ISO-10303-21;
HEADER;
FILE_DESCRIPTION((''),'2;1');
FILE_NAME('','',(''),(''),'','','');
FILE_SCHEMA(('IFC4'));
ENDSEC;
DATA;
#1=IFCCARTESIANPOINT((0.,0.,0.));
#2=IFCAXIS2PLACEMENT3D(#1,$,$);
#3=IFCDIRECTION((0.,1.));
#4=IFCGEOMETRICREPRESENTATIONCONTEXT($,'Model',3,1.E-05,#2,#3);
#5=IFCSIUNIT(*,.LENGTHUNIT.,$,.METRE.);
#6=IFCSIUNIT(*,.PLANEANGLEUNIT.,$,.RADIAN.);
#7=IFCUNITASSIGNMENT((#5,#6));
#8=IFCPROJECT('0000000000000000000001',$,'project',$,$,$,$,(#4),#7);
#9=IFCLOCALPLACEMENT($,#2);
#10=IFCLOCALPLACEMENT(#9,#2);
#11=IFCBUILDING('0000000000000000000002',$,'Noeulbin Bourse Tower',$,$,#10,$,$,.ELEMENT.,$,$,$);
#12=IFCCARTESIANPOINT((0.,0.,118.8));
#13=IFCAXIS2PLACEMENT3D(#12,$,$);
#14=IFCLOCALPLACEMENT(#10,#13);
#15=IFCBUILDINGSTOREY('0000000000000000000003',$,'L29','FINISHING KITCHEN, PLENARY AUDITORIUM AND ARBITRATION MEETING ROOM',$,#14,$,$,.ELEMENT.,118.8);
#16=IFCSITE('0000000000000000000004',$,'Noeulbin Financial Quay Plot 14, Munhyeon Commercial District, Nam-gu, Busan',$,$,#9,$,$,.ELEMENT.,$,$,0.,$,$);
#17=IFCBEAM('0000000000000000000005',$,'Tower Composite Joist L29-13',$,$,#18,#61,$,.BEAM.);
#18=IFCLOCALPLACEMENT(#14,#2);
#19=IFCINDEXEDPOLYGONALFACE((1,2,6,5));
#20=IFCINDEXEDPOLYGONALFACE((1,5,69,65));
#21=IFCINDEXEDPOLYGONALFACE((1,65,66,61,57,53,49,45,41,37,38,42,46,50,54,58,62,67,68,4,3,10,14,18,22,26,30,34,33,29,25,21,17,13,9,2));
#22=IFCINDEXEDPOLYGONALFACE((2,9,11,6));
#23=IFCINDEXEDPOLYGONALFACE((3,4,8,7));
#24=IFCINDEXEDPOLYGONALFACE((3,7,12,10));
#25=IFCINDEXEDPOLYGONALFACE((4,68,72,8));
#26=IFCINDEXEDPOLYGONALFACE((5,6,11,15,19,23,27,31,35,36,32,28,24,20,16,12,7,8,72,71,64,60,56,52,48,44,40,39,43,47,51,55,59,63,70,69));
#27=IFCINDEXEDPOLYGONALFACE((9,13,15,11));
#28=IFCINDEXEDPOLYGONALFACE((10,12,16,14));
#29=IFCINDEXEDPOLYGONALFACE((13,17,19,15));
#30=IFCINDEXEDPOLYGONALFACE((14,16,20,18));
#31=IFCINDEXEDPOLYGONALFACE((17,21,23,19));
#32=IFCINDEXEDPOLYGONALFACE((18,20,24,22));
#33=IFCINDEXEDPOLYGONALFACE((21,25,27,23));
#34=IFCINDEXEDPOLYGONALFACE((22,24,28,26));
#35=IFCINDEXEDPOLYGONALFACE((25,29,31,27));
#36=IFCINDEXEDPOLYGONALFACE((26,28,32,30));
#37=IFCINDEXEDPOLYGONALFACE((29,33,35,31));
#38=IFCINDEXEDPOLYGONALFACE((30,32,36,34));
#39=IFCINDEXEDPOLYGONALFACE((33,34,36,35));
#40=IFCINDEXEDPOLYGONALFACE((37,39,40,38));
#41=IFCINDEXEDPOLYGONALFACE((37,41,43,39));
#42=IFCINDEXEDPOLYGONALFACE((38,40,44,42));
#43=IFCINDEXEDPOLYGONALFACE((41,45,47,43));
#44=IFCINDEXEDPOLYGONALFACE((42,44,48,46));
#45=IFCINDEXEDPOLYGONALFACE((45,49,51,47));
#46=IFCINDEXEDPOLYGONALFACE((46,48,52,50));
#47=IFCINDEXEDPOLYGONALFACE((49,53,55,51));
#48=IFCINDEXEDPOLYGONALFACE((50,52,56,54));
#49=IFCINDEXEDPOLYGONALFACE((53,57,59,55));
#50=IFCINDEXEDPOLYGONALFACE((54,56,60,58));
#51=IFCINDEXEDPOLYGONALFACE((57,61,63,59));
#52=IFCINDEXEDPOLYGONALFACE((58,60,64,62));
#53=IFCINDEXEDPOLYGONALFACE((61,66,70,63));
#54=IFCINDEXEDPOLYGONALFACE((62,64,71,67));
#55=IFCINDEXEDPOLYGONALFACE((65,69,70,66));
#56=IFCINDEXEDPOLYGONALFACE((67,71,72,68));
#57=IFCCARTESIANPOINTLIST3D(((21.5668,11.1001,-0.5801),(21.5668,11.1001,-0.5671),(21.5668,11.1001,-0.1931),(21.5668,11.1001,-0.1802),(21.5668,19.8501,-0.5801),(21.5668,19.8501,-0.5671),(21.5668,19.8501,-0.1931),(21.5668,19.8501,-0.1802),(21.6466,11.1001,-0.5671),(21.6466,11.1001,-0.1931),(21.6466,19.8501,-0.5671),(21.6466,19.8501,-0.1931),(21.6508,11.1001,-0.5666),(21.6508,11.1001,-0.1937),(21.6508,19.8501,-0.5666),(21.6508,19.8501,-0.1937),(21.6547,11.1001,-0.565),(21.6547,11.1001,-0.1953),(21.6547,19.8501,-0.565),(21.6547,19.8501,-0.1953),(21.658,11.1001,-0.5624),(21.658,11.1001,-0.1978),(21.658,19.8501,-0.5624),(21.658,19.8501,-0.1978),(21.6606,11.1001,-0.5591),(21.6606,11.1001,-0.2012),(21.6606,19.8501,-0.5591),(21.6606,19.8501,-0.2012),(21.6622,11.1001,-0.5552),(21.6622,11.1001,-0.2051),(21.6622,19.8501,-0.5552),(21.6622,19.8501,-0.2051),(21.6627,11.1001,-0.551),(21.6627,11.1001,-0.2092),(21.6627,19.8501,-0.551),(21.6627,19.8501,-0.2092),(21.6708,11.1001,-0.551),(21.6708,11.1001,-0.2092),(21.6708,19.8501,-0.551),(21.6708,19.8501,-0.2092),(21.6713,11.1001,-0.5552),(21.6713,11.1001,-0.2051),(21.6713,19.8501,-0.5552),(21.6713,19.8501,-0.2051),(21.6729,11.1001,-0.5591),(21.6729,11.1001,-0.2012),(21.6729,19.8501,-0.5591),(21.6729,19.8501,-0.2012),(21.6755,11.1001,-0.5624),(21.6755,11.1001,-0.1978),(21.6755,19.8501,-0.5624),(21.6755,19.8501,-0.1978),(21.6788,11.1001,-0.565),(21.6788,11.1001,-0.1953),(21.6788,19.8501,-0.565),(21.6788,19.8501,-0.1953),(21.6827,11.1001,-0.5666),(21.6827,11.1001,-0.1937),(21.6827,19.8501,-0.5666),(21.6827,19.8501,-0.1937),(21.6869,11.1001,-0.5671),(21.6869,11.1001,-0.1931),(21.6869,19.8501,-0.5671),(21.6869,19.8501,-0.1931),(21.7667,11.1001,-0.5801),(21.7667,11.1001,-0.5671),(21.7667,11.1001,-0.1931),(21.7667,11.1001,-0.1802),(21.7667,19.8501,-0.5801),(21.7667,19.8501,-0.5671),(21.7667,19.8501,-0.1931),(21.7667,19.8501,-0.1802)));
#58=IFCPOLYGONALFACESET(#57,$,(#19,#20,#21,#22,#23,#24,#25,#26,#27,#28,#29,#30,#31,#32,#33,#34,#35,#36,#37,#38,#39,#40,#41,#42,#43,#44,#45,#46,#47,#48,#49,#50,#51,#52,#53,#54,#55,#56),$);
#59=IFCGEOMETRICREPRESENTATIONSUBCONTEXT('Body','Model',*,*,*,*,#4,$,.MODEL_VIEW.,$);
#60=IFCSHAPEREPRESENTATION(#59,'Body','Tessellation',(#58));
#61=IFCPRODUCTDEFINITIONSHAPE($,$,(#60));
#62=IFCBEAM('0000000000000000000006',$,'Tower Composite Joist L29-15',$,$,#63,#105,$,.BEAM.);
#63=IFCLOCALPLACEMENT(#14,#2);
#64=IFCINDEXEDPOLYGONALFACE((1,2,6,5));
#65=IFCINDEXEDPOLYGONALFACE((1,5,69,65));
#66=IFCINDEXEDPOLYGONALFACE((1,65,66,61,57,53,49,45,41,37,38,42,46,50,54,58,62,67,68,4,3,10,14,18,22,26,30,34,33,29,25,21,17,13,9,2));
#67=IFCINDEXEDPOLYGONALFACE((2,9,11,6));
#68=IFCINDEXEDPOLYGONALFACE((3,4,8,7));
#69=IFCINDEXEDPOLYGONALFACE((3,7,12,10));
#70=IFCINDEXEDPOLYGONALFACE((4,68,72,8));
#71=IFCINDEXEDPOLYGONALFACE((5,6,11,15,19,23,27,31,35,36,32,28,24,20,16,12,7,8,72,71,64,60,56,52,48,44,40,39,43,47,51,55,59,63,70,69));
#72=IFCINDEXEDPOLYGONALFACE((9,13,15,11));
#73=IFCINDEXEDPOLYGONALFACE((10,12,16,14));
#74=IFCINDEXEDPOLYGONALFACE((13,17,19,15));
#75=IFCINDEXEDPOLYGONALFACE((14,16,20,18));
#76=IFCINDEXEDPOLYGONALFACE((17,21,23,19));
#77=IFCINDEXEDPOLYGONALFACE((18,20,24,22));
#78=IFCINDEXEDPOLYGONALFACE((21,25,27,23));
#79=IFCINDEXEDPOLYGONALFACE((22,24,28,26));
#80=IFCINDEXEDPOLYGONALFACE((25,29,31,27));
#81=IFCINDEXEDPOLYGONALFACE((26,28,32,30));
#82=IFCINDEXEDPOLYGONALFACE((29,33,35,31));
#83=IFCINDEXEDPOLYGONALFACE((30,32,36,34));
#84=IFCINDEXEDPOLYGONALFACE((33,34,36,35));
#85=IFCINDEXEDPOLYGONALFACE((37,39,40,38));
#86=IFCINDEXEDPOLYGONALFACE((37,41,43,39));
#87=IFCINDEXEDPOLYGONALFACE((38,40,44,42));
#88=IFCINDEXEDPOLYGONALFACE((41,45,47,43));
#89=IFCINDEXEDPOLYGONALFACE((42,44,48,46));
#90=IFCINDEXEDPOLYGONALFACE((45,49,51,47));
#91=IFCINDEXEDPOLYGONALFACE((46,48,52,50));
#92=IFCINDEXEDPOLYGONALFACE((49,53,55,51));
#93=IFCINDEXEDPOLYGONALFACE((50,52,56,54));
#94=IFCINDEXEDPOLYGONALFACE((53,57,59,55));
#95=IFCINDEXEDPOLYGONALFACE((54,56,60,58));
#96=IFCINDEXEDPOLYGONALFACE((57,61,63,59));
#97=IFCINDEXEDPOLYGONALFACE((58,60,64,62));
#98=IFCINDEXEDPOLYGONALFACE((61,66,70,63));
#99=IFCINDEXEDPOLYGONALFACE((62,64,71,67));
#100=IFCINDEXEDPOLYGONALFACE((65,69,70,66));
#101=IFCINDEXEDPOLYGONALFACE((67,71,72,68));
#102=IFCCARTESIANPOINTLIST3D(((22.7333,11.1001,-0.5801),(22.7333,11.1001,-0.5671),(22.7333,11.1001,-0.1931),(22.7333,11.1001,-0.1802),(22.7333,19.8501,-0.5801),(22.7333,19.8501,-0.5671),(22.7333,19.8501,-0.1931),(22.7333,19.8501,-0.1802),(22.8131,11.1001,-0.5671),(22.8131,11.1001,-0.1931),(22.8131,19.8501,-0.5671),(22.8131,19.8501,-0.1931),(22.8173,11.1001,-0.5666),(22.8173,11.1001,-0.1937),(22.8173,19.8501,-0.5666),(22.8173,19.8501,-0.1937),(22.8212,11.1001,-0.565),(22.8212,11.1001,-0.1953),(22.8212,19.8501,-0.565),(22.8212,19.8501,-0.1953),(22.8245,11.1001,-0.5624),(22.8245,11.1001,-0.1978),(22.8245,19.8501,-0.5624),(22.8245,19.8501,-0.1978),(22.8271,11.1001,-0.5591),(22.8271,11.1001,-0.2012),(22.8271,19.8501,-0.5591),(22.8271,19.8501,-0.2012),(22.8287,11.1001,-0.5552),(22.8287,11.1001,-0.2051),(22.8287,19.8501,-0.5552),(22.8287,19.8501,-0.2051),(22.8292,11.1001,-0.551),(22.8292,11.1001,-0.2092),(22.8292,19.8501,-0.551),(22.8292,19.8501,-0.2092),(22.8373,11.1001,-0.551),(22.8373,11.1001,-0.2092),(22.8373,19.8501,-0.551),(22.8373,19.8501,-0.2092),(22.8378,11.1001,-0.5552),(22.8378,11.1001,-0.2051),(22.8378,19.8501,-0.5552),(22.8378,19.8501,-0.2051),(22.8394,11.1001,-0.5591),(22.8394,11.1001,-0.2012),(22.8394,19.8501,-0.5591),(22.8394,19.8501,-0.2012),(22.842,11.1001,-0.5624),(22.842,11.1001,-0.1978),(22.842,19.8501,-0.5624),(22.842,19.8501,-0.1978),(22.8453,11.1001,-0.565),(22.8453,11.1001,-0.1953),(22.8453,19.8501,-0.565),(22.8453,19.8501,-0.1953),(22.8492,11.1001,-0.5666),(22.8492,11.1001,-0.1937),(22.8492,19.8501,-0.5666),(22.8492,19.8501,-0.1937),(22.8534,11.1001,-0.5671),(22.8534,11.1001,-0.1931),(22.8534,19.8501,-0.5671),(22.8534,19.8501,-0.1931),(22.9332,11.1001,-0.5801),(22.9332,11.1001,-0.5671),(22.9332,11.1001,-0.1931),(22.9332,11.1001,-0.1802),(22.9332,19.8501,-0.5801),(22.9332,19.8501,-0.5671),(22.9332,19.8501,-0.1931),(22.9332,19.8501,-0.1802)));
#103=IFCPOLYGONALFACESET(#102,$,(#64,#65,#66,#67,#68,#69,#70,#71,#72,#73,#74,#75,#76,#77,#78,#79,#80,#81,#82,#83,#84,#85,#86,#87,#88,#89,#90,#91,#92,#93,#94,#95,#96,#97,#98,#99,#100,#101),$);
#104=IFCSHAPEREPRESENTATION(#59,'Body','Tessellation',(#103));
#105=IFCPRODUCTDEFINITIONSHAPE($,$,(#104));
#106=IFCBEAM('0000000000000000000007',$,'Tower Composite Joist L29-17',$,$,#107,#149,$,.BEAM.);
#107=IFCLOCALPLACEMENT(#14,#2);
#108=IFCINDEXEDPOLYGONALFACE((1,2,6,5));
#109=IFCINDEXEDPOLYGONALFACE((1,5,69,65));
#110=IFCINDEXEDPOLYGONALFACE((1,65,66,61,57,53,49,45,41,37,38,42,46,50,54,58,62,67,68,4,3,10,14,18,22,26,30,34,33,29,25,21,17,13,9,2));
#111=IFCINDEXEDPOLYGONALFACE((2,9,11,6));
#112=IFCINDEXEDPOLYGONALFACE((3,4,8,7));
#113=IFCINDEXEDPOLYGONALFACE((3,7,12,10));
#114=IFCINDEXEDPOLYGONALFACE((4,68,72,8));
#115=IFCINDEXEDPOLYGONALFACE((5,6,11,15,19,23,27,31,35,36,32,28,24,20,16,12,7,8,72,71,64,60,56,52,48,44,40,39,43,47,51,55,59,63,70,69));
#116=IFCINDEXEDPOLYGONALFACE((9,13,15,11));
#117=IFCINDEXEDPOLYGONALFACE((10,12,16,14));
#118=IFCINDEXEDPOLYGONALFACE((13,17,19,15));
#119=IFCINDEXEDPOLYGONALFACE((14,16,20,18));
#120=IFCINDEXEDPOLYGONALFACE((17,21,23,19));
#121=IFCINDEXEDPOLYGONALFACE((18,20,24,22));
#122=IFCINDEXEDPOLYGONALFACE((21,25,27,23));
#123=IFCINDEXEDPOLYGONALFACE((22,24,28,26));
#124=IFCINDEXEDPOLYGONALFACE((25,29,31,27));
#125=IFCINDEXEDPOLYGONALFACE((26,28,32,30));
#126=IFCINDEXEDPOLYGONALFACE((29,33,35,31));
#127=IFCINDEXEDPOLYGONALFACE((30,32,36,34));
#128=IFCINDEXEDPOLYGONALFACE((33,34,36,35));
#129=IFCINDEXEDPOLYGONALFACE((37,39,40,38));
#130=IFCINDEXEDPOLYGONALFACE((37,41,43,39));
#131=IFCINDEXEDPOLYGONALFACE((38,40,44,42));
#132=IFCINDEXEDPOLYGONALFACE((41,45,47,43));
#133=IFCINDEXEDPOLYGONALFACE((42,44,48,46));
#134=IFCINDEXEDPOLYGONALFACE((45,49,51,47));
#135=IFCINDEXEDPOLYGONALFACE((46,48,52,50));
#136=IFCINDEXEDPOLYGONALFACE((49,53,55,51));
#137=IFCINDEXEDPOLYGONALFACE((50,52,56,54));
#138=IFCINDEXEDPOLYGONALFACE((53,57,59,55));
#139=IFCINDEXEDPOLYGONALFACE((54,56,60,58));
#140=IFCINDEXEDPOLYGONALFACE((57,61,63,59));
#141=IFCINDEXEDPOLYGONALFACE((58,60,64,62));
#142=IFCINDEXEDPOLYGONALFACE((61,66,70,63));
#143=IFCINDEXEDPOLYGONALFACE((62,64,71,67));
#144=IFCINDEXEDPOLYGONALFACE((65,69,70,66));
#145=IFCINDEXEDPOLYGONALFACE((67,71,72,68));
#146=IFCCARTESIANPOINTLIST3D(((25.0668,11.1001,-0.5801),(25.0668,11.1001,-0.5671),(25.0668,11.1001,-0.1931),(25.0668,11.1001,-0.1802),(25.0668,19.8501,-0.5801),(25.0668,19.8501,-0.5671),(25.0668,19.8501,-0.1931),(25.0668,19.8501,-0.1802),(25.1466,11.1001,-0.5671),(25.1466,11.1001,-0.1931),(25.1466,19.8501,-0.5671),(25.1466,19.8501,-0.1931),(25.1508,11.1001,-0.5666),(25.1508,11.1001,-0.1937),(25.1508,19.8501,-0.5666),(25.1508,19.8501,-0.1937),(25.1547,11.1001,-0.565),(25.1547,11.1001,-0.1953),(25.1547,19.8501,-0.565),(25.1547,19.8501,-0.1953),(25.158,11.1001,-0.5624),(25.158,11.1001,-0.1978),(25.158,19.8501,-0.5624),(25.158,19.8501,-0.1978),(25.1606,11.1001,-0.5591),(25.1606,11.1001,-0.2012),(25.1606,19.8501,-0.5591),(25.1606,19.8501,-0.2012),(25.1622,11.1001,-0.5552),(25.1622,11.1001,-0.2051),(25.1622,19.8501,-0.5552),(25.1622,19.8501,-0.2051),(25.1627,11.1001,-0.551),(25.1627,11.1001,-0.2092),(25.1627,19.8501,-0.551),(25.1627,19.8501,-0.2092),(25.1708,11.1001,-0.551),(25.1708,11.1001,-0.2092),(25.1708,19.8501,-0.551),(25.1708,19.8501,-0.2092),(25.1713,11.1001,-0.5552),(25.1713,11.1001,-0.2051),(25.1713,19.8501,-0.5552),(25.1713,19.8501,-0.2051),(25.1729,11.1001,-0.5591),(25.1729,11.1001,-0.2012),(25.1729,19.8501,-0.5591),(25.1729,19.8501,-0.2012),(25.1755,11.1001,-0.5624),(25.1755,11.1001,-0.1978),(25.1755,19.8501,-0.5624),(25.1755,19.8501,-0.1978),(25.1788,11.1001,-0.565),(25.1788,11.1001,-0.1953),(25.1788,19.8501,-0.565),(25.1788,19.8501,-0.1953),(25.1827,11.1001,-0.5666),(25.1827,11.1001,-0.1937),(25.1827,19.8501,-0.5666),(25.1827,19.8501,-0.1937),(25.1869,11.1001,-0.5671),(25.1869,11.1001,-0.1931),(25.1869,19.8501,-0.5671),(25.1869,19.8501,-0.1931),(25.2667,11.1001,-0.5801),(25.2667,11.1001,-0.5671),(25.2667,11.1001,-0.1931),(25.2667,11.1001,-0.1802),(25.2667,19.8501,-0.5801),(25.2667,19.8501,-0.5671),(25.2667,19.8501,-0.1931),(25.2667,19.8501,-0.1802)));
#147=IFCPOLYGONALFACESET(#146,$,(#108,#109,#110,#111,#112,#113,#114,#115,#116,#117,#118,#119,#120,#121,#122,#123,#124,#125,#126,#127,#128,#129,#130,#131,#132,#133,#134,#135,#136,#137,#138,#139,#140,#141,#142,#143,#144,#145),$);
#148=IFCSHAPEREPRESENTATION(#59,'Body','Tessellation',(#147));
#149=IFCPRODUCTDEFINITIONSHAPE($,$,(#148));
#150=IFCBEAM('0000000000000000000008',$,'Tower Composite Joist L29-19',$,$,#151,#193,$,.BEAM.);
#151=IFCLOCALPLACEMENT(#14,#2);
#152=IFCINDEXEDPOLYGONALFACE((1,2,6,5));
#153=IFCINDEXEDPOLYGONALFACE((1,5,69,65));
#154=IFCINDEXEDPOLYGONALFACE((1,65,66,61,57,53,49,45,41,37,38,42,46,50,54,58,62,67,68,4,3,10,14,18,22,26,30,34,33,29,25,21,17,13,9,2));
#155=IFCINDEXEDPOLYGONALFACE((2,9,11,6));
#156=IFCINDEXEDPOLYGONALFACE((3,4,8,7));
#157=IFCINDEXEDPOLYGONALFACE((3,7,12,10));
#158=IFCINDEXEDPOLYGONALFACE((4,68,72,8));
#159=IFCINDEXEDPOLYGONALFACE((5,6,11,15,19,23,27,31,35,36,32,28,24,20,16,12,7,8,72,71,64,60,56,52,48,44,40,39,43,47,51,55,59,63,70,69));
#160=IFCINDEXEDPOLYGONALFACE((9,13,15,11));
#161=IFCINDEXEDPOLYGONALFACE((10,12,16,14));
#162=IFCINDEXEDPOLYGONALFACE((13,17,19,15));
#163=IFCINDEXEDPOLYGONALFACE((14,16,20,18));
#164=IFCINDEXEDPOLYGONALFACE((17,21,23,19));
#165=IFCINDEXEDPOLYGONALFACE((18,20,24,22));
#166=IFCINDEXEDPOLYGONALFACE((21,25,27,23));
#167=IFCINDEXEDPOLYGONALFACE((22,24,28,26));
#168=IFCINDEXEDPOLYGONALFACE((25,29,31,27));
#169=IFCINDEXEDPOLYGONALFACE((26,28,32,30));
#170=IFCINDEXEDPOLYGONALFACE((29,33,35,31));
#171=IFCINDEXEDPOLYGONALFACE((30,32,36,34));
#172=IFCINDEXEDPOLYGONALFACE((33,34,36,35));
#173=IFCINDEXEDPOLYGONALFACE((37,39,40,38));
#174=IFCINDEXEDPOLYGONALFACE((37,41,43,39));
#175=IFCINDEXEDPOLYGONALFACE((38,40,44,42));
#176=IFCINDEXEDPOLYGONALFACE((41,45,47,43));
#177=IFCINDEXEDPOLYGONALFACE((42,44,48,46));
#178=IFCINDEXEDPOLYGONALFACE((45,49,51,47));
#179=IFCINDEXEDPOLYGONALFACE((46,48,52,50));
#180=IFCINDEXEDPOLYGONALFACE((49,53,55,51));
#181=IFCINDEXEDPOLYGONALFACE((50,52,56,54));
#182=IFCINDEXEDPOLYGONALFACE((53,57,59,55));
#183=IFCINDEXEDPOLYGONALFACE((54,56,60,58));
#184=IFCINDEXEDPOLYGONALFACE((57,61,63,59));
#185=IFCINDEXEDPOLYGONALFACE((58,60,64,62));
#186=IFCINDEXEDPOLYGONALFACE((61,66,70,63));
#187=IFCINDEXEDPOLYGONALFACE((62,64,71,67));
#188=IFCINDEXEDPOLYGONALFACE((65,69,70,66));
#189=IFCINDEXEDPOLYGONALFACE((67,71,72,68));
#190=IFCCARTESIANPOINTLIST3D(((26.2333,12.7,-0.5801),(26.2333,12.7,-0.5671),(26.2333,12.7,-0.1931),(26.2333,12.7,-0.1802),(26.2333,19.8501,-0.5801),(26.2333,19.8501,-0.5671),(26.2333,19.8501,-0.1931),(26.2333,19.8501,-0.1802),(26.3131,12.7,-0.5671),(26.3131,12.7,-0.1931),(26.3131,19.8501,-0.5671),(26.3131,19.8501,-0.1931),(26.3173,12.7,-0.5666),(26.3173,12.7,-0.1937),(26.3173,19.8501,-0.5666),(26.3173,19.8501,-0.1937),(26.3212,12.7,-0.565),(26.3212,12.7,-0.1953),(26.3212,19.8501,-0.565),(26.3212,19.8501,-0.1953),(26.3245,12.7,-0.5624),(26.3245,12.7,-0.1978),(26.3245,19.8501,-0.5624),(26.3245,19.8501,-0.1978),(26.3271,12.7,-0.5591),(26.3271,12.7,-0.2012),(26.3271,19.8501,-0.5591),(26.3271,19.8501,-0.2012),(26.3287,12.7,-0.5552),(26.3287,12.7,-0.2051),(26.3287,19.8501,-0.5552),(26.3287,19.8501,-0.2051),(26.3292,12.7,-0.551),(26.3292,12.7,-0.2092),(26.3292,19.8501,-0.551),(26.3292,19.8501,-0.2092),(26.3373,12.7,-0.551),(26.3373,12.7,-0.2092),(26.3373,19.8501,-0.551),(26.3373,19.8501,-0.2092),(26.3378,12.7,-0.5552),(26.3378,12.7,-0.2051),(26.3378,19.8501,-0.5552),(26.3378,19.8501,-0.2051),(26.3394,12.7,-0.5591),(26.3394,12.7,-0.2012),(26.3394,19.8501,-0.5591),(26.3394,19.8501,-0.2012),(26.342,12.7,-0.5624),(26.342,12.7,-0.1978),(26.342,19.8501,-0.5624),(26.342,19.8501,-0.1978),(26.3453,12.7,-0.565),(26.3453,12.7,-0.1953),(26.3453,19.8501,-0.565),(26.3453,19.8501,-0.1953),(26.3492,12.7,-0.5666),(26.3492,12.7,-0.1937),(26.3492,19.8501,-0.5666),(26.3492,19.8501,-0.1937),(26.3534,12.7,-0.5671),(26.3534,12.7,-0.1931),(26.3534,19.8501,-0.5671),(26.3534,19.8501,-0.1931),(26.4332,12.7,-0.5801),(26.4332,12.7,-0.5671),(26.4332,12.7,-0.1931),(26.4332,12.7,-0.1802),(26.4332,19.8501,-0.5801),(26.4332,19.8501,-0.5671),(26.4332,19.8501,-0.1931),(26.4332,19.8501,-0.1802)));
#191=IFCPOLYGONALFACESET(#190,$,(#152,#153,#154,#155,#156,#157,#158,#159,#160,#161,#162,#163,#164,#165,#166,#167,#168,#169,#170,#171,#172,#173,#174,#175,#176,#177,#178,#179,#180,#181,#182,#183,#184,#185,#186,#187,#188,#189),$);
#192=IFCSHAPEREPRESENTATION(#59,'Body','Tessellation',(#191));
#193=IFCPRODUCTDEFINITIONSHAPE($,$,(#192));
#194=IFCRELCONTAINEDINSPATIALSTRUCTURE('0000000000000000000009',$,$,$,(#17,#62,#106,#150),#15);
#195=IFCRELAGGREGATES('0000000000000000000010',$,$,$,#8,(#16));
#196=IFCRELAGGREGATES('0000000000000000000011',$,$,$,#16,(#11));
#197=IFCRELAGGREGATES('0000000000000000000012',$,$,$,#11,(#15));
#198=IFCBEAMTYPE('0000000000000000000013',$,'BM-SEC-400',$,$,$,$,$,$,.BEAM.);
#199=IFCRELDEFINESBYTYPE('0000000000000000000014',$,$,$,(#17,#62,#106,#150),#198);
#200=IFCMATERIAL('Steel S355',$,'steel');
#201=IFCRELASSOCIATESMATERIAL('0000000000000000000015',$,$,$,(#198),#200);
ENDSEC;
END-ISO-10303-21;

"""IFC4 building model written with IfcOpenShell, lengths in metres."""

from ifc_helpers import new_model, si_unit, direction, frame, origin, origin_2d, place, context, subcontext, project, spatial, i_section, extrude, material, material_profile, profile_set, type_object, element, save


model = new_model("IFC4")

# Units and contexts
model_context = context("Model", 3, precision=1e-05, world=origin(), true_north=direction((0.0, 1.0)))
body_context = subcontext(model_context, "Body", "Model", "MODEL_VIEW")
ifc_project = project(units=[si_unit("LENGTHUNIT", "METRE"), si_unit("PLANEANGLEUNIT", "RADIAN")], contexts=[model_context])

# Site, building, storey
site_placement = place(None, origin())
site = spatial("IfcSite", under=ifc_project, at=site_placement, Name="Noeulbin Financial Quay Plot 14, Munhyeon Commercial District, Nam-gu, Busan", CompositionType="ELEMENT", RefElevation=0.0)
building_placement = place(site_placement, origin())
building = spatial("IfcBuilding", under=site, at=building_placement, Name="Noeulbin Bourse Tower", CompositionType="ELEMENT")
storey_placement = place(building_placement, frame((0.0, 0.0, 118.8)))
storey = spatial("IfcBuildingStorey", under=building, at=storey_placement, Name="L29", Description="FINISHING KITCHEN, PLENARY AUDITORIUM AND ARBITRATION MEETING ROOM", CompositionType="ELEMENT", Elevation=118.8)

# Beams
ifc_material_1 = material(Name="Steel S355", Category="steel")
ifc_material_profile_1 = material_profile(ifc_material_1, i_section(OverallWidth=0.2, OverallDepth=0.3999, WebThickness=0.0081, FlangeThickness=0.0129, FilletRadius=0.0161, at=origin_2d()), Name="H-400x200x8x13", Category="LoadBearing")
ifc_profile_set_1 = profile_set([ifc_material_profile_1], Name="Steel S355")
beam_type_1 = type_object("IfcBeamType", Name="BM-SEC-400", PredefinedType="BEAM", material=ifc_profile_set_1)
for number, where, z_axis, x_axis, name in (
    (1, (21.6667, 11.1001, -0.3801), (0.0, 1.0, 0.0), (-1.0, 0.0, 0.0), "Tower Composite Joist L29-13"),
    (2, (22.8333, 11.1001, -0.3801), (0.0, 1.0, 0.0), (-1.0, 0.0, 0.0), "Tower Composite Joist L29-15"),
    (3, (25.1667, 11.1001, -0.3801), (0.0, 1.0, 0.0), (-1.0, 0.0, 0.0), "Tower Composite Joist L29-17"),
):
    element("IfcBeam", number, at=place(storey_placement, frame(where, z_axis=z_axis, x_axis=x_axis)), inside=storey, type_object=beam_type_1, Name=name, PredefinedType="BEAM", context=body_context, shape_type="SweptSolid", body=[
        extrude(i_section(OverallWidth=0.2, OverallDepth=0.3999, WebThickness=0.0081, FlangeThickness=0.0129, FilletRadius=0.0161, at=origin_2d()), origin(), (0.0, 0.0, 1.0), 8.75),
    ])
beam_1_placement = place(storey_placement, frame((26.3333, 12.7, -0.3801), z_axis=(0.0, 1.0, 0.0), x_axis=(-1.0, 0.0, 0.0)))
element("IfcBeam", 4, at=beam_1_placement, inside=storey, type_object=beam_type_1, Name="Tower Composite Joist L29-19", PredefinedType="BEAM", context=body_context, shape_type="SweptSolid", body=[
    extrude(i_section(OverallWidth=0.2, OverallDepth=0.3999, WebThickness=0.0081, FlangeThickness=0.0129, FilletRadius=0.0161, at=origin_2d()), origin(), (0.0, 0.0, 1.0), 7.1501),
])

save(model, "model.ifc")
